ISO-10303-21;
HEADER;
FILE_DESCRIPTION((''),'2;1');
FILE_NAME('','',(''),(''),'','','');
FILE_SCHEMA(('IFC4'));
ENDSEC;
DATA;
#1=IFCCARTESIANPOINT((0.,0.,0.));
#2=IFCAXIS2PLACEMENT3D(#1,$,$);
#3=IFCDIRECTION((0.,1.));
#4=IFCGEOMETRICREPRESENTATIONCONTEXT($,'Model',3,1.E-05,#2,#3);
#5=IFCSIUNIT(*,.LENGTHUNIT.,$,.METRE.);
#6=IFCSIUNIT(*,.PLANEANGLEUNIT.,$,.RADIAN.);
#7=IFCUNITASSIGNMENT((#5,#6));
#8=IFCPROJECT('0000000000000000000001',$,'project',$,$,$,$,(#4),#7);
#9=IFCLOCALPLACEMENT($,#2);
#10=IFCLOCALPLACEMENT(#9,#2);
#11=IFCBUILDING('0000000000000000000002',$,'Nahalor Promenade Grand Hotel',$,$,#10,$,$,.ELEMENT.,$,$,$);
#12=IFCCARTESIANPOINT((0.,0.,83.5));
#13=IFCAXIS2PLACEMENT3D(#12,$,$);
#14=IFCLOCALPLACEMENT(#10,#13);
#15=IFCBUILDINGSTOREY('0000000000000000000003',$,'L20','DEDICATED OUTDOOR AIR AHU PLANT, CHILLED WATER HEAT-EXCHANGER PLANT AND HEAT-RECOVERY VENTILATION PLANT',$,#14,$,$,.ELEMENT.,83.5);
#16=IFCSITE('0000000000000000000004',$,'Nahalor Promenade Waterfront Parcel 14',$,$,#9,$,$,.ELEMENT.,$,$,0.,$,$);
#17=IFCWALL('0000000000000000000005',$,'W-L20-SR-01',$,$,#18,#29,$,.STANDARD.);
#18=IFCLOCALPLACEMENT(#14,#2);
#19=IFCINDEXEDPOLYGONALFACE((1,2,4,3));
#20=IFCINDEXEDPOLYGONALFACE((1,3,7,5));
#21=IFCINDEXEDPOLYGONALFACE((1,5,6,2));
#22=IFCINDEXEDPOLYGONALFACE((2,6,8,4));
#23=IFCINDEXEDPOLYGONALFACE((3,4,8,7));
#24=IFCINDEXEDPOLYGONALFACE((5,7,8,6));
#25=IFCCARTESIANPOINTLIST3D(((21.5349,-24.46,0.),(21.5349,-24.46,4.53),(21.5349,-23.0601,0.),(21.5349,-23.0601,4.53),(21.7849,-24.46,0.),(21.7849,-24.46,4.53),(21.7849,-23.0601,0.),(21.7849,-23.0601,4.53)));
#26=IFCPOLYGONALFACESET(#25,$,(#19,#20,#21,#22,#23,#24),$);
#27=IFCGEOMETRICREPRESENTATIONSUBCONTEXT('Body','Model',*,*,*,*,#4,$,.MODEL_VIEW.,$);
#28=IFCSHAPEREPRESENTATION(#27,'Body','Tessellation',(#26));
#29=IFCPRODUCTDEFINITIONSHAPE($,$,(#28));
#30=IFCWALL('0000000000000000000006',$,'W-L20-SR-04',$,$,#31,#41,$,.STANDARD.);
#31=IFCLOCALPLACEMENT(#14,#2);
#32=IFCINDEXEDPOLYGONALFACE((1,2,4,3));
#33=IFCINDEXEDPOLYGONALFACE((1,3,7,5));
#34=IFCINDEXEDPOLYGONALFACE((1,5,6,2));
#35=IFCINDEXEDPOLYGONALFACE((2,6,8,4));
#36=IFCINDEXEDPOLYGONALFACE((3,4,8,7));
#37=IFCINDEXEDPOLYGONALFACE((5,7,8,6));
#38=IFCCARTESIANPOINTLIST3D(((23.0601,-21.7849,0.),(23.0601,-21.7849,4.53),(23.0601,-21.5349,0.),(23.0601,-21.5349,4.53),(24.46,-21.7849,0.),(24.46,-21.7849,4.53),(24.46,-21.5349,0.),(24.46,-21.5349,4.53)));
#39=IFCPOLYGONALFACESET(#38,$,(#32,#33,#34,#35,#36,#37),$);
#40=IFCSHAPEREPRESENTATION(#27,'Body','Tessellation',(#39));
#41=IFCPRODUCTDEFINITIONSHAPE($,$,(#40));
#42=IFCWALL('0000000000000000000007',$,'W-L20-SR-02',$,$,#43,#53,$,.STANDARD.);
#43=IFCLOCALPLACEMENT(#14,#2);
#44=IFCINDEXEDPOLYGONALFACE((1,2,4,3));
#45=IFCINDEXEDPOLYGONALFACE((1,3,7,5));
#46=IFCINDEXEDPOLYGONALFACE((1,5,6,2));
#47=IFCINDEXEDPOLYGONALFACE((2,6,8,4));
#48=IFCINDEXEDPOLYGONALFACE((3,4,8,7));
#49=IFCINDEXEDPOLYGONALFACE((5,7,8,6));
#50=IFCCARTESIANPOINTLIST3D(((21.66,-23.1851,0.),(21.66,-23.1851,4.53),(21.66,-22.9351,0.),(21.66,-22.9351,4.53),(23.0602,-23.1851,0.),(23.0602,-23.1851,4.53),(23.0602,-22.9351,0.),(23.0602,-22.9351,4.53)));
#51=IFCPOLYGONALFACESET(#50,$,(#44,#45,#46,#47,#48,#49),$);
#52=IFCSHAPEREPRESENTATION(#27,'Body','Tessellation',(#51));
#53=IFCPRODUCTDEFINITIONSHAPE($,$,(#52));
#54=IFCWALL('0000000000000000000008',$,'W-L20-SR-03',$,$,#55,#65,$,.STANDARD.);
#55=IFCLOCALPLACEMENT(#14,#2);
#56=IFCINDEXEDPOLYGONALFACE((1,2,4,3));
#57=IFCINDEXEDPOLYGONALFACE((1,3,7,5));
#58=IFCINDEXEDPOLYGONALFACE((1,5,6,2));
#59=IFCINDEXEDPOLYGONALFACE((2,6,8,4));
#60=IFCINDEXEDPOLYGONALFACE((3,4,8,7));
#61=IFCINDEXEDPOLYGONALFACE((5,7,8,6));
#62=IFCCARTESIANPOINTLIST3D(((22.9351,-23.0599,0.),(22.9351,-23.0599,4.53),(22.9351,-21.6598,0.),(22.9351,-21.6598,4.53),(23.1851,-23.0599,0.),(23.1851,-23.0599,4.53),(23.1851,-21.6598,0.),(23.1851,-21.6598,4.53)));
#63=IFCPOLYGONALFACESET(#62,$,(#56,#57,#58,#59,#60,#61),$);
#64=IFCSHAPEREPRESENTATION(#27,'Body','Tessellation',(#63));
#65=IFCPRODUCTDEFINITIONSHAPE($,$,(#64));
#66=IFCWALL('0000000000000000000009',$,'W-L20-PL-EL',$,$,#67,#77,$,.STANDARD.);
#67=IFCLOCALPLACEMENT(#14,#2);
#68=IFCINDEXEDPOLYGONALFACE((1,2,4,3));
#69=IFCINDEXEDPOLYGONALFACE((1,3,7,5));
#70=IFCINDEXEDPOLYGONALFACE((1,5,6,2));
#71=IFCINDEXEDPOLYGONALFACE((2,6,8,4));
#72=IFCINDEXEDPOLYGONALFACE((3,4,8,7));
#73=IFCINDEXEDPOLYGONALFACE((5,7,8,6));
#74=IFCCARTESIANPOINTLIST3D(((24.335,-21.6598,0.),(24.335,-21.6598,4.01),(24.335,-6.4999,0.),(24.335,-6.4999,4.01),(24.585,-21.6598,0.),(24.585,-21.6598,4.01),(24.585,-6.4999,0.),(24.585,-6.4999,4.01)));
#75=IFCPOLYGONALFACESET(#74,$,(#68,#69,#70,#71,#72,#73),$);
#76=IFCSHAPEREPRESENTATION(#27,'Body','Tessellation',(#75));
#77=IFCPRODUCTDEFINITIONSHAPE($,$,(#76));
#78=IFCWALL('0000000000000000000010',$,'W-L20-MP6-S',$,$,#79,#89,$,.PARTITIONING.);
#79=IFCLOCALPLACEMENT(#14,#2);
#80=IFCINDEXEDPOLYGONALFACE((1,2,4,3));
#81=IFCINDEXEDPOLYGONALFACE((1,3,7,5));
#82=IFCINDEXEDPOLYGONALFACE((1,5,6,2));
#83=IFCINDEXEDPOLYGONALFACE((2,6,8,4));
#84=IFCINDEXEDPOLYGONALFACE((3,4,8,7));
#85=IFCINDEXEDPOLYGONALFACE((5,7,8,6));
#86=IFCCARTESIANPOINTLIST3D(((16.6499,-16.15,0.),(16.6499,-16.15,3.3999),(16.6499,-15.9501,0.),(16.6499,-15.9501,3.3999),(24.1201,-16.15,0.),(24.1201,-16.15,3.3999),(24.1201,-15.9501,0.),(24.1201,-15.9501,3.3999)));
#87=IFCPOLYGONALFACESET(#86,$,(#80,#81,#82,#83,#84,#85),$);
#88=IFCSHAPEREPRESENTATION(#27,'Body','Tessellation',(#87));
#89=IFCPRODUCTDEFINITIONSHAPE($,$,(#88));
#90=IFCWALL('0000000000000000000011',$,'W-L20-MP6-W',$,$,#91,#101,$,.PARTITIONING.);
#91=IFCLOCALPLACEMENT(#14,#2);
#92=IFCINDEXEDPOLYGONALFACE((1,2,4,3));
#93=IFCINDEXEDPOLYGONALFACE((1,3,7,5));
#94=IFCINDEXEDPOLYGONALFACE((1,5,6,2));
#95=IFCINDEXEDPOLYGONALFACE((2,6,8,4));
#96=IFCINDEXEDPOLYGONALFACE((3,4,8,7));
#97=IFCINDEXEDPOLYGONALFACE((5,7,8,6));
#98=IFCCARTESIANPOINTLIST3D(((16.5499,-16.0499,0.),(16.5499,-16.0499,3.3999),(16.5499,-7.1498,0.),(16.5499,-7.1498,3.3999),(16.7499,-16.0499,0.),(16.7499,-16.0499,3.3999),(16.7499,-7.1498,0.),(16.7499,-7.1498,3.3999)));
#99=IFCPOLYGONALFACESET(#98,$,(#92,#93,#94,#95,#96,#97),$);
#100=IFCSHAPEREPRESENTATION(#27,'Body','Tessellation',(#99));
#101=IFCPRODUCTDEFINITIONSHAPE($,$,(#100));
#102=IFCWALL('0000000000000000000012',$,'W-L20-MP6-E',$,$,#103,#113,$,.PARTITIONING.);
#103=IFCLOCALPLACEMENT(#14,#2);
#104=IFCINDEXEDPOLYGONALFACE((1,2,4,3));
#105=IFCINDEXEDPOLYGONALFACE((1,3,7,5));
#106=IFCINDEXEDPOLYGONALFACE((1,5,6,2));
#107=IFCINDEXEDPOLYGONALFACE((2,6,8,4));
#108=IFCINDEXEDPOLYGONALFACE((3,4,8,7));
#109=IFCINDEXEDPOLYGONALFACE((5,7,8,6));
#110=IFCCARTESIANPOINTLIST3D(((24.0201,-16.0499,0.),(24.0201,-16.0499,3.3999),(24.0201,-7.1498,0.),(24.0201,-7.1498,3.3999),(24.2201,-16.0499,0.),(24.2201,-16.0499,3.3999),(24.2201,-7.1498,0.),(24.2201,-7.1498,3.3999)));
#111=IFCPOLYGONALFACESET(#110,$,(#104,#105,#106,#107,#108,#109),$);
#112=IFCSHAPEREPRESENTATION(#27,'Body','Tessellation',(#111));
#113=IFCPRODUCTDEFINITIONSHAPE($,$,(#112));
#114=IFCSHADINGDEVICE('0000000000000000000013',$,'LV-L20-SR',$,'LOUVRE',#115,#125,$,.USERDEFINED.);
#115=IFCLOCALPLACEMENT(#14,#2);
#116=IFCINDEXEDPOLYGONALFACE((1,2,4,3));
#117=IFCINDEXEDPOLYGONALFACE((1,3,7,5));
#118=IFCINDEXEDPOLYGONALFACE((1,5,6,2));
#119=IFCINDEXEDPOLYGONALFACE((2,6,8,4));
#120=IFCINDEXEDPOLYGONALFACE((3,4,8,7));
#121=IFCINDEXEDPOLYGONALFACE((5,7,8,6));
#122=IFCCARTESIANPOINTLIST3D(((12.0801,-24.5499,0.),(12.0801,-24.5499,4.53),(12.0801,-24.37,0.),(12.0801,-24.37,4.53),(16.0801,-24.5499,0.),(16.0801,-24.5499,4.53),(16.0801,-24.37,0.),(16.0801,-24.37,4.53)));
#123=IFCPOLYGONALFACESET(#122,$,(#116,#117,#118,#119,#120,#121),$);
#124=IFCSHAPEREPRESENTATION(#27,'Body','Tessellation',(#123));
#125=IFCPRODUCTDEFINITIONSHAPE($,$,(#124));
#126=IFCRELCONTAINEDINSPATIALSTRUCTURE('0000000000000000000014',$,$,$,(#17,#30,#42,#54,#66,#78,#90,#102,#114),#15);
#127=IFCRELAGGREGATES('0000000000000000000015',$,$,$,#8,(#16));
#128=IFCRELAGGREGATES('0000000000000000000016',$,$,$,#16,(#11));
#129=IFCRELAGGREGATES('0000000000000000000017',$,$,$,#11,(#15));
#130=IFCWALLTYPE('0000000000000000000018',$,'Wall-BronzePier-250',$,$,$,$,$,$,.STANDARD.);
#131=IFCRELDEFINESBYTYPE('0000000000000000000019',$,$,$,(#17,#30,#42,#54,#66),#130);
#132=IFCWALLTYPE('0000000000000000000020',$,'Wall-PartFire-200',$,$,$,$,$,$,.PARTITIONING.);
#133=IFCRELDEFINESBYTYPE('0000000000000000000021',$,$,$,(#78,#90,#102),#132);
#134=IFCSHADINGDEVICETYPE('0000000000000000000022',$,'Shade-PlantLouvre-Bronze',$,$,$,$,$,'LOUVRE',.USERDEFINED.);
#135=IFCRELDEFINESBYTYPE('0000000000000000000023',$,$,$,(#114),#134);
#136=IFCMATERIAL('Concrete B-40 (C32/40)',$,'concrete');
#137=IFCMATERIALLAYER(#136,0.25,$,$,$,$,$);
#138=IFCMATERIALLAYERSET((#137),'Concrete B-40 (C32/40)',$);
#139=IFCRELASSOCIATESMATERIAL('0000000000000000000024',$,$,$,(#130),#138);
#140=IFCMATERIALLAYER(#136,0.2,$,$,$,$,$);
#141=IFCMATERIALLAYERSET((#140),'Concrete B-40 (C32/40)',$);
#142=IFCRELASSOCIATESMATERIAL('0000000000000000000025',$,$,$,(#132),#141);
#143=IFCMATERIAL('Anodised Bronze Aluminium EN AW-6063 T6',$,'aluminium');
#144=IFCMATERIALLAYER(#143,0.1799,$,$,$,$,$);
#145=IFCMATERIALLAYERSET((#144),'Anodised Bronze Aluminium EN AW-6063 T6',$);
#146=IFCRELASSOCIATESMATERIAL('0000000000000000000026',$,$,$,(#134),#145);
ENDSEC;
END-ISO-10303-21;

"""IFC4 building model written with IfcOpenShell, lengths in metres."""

from ifc_helpers import new_model, si_unit, direction, frame, frame_2d, origin, origin_2d, place, context, subcontext, project, spatial, rectangle, extrude, source, transform, mapped, material, layer, layer_set, type_object, element, save


model = new_model("IFC4")

# Units and contexts
model_context = context("Model", 3, precision=1e-05, world=origin(), true_north=direction((0.0, 1.0)))
body_context = subcontext(model_context, "Body", "Model", "MODEL_VIEW")
ifc_project = project(units=[si_unit("LENGTHUNIT", "METRE"), si_unit("PLANEANGLEUNIT", "RADIAN")], contexts=[model_context])

# Site, building, storey
site_placement = place(None, origin())
site = spatial("IfcSite", under=ifc_project, at=site_placement, Name="Nahalor Promenade Waterfront Parcel 14", CompositionType="ELEMENT", RefElevation=0.0)
building_placement = place(site_placement, origin())
building = spatial("IfcBuilding", under=site, at=building_placement, Name="Nahalor Promenade Grand Hotel", CompositionType="ELEMENT")
storey_placement = place(building_placement, frame((0.0, 0.0, 83.5)))
storey = spatial("IfcBuildingStorey", under=building, at=storey_placement, Name="L20", Description="DEDICATED OUTDOOR AIR AHU PLANT, CHILLED WATER HEAT-EXCHANGER PLANT AND HEAT-RECOVERY VENTILATION PLANT", CompositionType="ELEMENT", Elevation=83.5)

# Walls
ifc_material_1 = material(Name="Concrete B-40 (C32/40)", Category="concrete")
ifc_layer_1 = layer(ifc_material_1, 0.25)
ifc_layer_set_1 = layer_set([ifc_layer_1], Name="Concrete B-40 (C32/40)")
wall_type_1 = type_object("IfcWallType", Name="Wall-BronzePier-250", PredefinedType="STANDARD", material=ifc_layer_set_1)
shared_shape_1 = source(origin(), body_context, "Body", "SweptSolid", [
    extrude(rectangle(XDim=1.3999, YDim=0.25, at=frame_2d((0.7, 0.0))), origin(), (0.0, 0.0, 1.0), 4.53),
])
for number, where, z_axis, x_axis, name in (
    (1, (21.6599, -24.46, 0.0), (0.0, 0.0, 1.0), (0.0, 1.0, 0.0), "W-L20-SR-01"),
    (2, (23.0601, -21.6599, 0.0), (0.0, 0.0, 1.0), (1.0, 0.0, 0.0), "W-L20-SR-04"),
):
    element("IfcWall", number, at=place(storey_placement, frame(where, z_axis=z_axis, x_axis=x_axis)), inside=storey, type_object=wall_type_1, Name=name, PredefinedType="STANDARD", context=body_context, shape_type="MappedRepresentation", body=[
        mapped(shared_shape_1, transform((0.0, 0.0, 0.0), scale=1.0)),
    ])
shared_shape_2 = source(origin(), body_context, "Body", "SweptSolid", [
    extrude(rectangle(XDim=1.4001, YDim=0.25, at=frame_2d((0.7002, 0.0))), origin(), (0.0, 0.0, 1.0), 4.53),
])
for number, where, z_axis, x_axis, name in (
    (3, (21.6599, -23.0601, 0.0), (0.0, 0.0, 1.0), (1.0, 0.0, 0.0), "W-L20-SR-02"),
    (4, (23.0601, -23.0601, 0.0), (0.0, 0.0, 1.0), (0.0, 1.0, 0.0), "W-L20-SR-03"),
):
    element("IfcWall", number, at=place(storey_placement, frame(where, z_axis=z_axis, x_axis=x_axis)), inside=storey, type_object=wall_type_1, Name=name, PredefinedType="STANDARD", context=body_context, shape_type="MappedRepresentation", body=[
        mapped(shared_shape_2, transform((0.0, 0.0, 0.0), scale=1.0)),
    ])
shared_shape_3 = source(origin(), body_context, "Body", "SweptSolid", [
    extrude(rectangle(XDim=15.1599, YDim=0.25, at=frame_2d((7.5801, 0.0))), origin(), (0.0, 0.0, 1.0), 4.01),
])
wall_1_placement = place(storey_placement, frame((24.46, -21.6599, 0.0), z_axis=(0.0, 0.0, 1.0), x_axis=(0.0, 1.0, 0.0)))
element("IfcWall", 5, at=wall_1_placement, inside=storey, type_object=wall_type_1, Name="W-L20-PL-EL", PredefinedType="STANDARD", context=body_context, shape_type="MappedRepresentation", body=[
    mapped(shared_shape_3, transform((0.0, 0.0, 0.0), scale=1.0)),
])
ifc_layer_2 = layer(ifc_material_1, 0.2)
ifc_layer_set_2 = layer_set([ifc_layer_2], Name="Concrete B-40 (C32/40)")
wall_type_2 = type_object("IfcWallType", Name="Wall-PartFire-200", PredefinedType="PARTITIONING", material=ifc_layer_set_2)
shared_shape_4 = source(origin(), body_context, "Body", "SweptSolid", [
    extrude(rectangle(XDim=7.4702, YDim=0.2, at=frame_2d((3.7351, 0.0))), origin(), (0.0, 0.0, 1.0), 3.3999),
])
wall_2_placement = place(storey_placement, frame((16.6499, -16.05, 0.0), z_axis=(0.0, 0.0, 1.0), x_axis=(1.0, 0.0, 0.0)))
element("IfcWall", 6, at=wall_2_placement, inside=storey, type_object=wall_type_2, Name="W-L20-MP6-S", PredefinedType="PARTITIONING", context=body_context, shape_type="MappedRepresentation", body=[
    mapped(shared_shape_4, transform((0.0, 0.0, 0.0), scale=1.0)),
])
shared_shape_5 = source(origin(), body_context, "Body", "SweptSolid", [
    extrude(rectangle(XDim=8.9001, YDim=0.2, at=frame_2d((4.4502, 0.0))), origin(), (0.0, 0.0, 1.0), 3.3999),
])
for number, where, z_axis, x_axis, name in (
    (7, (16.6499, -16.05, 0.0), (0.0, 0.0, 1.0), (0.0, 1.0, 0.0), "W-L20-MP6-W"),
    (8, (24.1201, -16.05, 0.0), (0.0, 0.0, 1.0), (0.0, 1.0, 0.0), "W-L20-MP6-E"),
):
    element("IfcWall", number, at=place(storey_placement, frame(where, z_axis=z_axis, x_axis=x_axis)), inside=storey, type_object=wall_type_2, Name=name, PredefinedType="PARTITIONING", context=body_context, shape_type="MappedRepresentation", body=[
        mapped(shared_shape_5, transform((0.0, 0.0, 0.0), scale=1.0)),
    ])

# Shading device
ifc_material_2 = material(Name="Anodised Bronze Aluminium EN AW-6063 T6", Category="aluminium")
ifc_layer_3 = layer(ifc_material_2, 0.1799)
ifc_layer_set_3 = layer_set([ifc_layer_3], Name="Anodised Bronze Aluminium EN AW-6063 T6")
shading_device_type = type_object("IfcShadingDeviceType", Name="Shade-PlantLouvre-Bronze", ElementType="LOUVRE", PredefinedType="USERDEFINED", material=ifc_layer_set_3)
shared_shape_6 = source(origin(), body_context, "Body", "SweptSolid", [
    extrude(rectangle(XDim=4.0, YDim=0.1799, at=origin_2d()), origin(), (0.0, 0.0, 1.0), 4.53),
])
shading_device_placement = place(storey_placement, frame((14.0801, -24.46, 0.0), z_axis=(0.0, 0.0, 1.0), x_axis=(1.0, 0.0, 0.0)))
element("IfcShadingDevice", 9, at=shading_device_placement, inside=storey, type_object=shading_device_type, Name="LV-L20-SR", ObjectType="LOUVRE", PredefinedType="USERDEFINED", context=body_context, shape_type="MappedRepresentation", body=[
    mapped(shared_shape_6, transform((0.0, 0.0, 0.0), scale=1.0)),
])

save(model, "model.ifc")
